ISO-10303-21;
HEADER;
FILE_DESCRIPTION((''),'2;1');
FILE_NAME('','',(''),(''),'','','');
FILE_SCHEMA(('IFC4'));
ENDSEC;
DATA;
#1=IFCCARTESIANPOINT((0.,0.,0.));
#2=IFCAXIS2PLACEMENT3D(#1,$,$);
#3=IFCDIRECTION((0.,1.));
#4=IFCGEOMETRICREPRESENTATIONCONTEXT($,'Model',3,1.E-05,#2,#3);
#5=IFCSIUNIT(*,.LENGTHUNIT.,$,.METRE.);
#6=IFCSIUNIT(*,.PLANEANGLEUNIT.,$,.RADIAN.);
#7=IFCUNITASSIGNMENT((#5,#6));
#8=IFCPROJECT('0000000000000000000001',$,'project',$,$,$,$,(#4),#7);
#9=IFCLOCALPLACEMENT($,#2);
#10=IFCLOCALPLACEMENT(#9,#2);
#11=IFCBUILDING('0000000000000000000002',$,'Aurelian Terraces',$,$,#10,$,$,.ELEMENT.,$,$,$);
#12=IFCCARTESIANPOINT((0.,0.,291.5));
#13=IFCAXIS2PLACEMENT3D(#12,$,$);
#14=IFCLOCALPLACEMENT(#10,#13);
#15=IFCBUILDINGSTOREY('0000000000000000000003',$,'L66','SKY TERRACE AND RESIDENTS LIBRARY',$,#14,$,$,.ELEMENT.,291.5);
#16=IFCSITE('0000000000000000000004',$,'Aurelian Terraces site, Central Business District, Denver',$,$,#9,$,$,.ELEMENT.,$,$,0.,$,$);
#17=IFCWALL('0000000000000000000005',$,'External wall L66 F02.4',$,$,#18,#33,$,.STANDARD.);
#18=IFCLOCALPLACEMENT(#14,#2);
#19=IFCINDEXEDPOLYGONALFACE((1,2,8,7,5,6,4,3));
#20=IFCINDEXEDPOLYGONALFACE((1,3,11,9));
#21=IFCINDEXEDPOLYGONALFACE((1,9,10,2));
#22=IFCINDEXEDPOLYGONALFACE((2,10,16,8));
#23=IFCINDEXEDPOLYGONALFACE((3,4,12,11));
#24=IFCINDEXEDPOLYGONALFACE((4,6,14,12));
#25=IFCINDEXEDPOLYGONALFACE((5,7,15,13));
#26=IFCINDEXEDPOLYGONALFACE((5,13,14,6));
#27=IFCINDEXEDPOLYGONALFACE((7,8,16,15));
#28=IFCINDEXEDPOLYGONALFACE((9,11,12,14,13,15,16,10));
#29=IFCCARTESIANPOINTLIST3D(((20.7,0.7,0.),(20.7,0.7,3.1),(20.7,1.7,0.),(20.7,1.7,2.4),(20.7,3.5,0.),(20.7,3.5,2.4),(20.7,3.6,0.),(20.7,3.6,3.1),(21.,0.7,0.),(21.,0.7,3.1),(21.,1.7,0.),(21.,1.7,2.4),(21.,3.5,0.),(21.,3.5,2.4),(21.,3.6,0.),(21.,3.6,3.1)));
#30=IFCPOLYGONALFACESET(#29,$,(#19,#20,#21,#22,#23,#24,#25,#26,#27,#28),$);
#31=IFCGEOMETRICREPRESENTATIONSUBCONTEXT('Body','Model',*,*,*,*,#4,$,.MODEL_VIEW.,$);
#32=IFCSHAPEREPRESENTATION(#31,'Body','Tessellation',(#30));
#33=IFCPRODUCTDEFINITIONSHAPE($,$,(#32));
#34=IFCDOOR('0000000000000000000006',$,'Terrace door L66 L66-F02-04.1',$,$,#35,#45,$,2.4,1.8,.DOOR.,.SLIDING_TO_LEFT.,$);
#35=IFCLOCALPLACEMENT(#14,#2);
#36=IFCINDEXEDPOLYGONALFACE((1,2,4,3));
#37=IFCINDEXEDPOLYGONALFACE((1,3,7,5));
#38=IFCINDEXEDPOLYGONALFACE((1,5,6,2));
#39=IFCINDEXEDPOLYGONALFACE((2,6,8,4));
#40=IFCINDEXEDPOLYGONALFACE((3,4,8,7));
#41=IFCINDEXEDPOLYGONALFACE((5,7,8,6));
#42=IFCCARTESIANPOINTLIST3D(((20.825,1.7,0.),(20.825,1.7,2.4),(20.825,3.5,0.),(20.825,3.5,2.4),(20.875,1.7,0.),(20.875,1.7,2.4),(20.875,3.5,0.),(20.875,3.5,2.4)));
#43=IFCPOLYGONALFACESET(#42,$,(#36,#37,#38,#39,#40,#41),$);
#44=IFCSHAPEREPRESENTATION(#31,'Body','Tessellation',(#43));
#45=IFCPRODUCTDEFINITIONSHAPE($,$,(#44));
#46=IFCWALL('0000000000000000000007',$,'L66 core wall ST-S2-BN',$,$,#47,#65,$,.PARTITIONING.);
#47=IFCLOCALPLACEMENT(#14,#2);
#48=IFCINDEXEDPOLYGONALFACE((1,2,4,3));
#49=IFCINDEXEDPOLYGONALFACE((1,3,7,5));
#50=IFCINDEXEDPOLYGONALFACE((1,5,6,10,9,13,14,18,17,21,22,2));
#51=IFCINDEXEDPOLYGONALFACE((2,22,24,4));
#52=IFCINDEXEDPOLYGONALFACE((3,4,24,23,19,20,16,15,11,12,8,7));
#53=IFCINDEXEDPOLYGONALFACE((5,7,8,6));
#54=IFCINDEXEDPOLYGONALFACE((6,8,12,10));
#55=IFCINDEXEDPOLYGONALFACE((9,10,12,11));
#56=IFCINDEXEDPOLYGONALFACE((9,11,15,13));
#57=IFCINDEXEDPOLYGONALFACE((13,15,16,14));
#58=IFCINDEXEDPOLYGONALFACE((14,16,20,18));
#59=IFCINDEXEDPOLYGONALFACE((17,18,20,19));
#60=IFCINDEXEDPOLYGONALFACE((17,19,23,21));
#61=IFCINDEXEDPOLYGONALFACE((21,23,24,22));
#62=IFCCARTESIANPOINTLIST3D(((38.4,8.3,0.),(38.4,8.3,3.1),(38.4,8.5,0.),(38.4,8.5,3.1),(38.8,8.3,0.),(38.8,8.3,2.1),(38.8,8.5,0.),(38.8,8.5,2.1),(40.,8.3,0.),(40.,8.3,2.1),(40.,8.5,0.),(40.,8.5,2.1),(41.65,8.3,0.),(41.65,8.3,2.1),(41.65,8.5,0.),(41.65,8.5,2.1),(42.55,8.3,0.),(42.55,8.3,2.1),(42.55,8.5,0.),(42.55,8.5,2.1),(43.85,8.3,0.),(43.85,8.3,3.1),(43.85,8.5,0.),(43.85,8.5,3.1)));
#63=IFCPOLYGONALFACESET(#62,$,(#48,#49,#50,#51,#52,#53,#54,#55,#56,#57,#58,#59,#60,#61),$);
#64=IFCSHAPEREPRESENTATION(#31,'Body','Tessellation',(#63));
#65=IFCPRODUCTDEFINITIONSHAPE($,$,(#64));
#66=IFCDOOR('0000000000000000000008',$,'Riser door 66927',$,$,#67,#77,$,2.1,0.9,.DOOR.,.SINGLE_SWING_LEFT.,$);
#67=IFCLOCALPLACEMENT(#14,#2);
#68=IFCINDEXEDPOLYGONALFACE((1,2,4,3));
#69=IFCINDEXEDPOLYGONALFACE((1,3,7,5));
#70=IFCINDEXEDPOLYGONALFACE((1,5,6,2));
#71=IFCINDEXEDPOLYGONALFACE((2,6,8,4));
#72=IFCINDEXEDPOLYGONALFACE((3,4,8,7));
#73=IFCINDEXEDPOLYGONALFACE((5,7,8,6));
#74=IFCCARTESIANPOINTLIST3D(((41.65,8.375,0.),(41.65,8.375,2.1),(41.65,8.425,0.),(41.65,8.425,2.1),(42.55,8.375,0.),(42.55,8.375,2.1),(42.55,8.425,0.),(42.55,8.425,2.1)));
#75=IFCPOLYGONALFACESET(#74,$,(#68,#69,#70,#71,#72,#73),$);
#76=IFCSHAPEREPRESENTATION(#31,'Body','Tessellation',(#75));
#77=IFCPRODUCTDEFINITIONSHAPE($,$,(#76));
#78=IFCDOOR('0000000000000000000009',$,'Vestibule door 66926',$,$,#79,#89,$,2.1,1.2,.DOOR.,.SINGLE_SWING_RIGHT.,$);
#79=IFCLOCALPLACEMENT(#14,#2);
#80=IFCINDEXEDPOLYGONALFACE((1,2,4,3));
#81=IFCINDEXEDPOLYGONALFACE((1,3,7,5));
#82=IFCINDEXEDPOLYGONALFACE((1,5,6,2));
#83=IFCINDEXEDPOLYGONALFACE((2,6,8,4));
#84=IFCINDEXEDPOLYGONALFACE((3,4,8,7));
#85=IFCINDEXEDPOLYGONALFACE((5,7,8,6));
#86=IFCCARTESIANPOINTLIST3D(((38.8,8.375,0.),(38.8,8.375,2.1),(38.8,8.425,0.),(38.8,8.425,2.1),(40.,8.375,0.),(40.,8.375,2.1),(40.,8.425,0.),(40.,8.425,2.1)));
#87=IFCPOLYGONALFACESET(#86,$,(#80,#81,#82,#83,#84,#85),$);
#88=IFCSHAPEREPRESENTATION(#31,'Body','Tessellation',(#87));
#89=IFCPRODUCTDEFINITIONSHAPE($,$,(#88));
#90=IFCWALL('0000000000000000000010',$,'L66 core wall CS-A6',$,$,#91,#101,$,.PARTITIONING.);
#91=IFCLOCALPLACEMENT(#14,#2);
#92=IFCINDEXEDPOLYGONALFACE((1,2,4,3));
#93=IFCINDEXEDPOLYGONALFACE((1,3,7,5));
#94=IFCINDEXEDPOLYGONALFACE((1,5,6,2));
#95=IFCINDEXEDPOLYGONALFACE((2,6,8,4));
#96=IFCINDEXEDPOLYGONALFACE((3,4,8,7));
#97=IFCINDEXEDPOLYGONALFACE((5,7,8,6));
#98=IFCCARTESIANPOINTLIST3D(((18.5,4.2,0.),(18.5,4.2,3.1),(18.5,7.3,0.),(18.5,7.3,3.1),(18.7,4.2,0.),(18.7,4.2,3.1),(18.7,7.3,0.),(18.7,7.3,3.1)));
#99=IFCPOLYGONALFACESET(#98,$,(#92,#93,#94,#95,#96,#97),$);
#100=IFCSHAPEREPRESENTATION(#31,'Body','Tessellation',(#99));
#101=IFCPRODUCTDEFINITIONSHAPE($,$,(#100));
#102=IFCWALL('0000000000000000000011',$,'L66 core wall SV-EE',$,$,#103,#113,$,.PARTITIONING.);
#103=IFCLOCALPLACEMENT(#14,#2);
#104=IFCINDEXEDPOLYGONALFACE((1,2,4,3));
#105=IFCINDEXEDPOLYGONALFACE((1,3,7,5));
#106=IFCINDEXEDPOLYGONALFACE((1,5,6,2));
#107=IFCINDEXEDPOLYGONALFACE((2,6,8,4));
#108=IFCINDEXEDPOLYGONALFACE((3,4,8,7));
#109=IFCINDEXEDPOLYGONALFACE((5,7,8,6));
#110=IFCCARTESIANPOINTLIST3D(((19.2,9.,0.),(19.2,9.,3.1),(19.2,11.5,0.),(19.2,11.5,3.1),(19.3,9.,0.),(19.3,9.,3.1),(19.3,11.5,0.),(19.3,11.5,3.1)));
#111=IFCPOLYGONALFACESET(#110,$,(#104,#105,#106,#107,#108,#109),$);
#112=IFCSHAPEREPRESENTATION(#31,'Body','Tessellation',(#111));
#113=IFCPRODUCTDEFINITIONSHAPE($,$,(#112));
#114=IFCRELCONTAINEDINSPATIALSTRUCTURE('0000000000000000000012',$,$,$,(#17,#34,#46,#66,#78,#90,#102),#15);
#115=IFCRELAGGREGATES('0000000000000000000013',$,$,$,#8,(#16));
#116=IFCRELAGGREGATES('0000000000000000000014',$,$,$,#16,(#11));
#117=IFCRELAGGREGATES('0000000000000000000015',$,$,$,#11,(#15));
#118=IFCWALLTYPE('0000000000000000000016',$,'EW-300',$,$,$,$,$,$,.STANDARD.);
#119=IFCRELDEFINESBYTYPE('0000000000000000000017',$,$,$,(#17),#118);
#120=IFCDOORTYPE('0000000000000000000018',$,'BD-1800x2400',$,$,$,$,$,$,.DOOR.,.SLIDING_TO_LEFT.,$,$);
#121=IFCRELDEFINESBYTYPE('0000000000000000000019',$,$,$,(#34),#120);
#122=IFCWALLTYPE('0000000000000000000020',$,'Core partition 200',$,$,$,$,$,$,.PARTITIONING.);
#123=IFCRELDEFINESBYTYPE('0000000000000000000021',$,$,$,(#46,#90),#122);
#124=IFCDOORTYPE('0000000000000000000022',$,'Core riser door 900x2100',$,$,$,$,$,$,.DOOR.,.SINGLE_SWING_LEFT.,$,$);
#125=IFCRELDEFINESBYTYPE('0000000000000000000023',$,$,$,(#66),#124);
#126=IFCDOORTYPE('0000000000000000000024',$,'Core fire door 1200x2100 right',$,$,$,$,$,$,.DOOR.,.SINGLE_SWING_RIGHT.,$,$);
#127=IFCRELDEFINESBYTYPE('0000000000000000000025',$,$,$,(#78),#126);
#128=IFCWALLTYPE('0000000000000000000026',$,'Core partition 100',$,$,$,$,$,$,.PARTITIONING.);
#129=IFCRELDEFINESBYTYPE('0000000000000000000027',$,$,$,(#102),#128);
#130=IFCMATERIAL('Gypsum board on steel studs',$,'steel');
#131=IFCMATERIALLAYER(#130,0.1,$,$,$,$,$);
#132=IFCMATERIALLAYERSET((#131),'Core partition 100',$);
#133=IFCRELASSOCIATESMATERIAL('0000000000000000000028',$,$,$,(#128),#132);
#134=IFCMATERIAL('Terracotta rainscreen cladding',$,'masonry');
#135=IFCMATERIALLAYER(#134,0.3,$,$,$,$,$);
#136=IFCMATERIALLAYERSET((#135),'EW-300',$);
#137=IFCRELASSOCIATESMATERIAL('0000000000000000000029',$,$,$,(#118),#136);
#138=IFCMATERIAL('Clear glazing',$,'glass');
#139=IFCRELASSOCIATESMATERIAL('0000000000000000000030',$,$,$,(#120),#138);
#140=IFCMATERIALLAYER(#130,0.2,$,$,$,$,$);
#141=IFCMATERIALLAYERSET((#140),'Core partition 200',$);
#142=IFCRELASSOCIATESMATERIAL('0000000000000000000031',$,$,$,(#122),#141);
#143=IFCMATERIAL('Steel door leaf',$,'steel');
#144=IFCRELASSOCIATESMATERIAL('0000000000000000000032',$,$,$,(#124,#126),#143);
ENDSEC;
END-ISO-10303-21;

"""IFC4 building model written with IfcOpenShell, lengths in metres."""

from ifc_helpers import new_model, si_unit, direction, frame, frame_2d, origin, place, context, subcontext, project, spatial, rectangle, extrude, source, transform, mapped, material, layer, layer_set, type_object, element, fill, save


model = new_model("IFC4")

# Units and contexts
model_context = context("Model", 3, precision=1e-05, world=origin(), true_north=direction((0.0, 1.0)))
body_context = subcontext(model_context, "Body", "Model", "MODEL_VIEW")
ifc_project = project(units=[si_unit("LENGTHUNIT", "METRE"), si_unit("PLANEANGLEUNIT", "RADIAN")], contexts=[model_context])

# Site, building, storey
site_placement = place(None, origin())
site = spatial("IfcSite", under=ifc_project, at=site_placement, Name="Aurelian Terraces site, Central Business District, Denver", CompositionType="ELEMENT", RefElevation=0.0)
building_placement = place(site_placement, origin())
building = spatial("IfcBuilding", under=site, at=building_placement, Name="Aurelian Terraces", CompositionType="ELEMENT")
storey_placement = place(building_placement, frame((0.0, 0.0, 291.5)))
storey = spatial("IfcBuildingStorey", under=building, at=storey_placement, Name="L66", Description="SKY TERRACE AND RESIDENTS LIBRARY", CompositionType="ELEMENT", Elevation=291.5)

# Shared definitions
ifc_material_1 = material(Name="Gypsum board on steel studs", Category="steel")
ifc_layer_1 = layer(ifc_material_1, 0.1)
ifc_layer_set_1 = layer_set([ifc_layer_1], Name="Core partition 100")
wall_type_1 = type_object("IfcWallType", Name="Core partition 100", PredefinedType="PARTITIONING", material=ifc_layer_set_1)
ifc_material_2 = material(Name="Terracotta rainscreen cladding", Category="masonry")
ifc_layer_2 = layer(ifc_material_2, 0.3)
ifc_layer_set_2 = layer_set([ifc_layer_2], Name="EW-300")
wall_type_2 = type_object("IfcWallType", Name="EW-300", PredefinedType="STANDARD", material=ifc_layer_set_2)

# Shared definitions
ifc_material_3 = material(Name="Clear glazing", Category="glass")

# Wall, opening, door
ifc_material_4 = material(Name="Steel door leaf", Category="steel")
shared_shape_1 = source(origin(), body_context, "Body", "SweptSolid", [
    extrude(rectangle(XDim=2.9, YDim=0.3, at=frame_2d((1.45, 0.0))), origin(), (0.0, 0.0, 1.0), 3.1),
])
wall_1_placement = place(storey_placement, frame((20.85, 0.7, 0.0), z_axis=(0.0, 0.0, 1.0), x_axis=(0.0, 1.0, 0.0)))
wall_1 = element("IfcWall", 1, at=wall_1_placement, inside=storey, type_object=wall_type_2, Name="External wall L66 F02.4", PredefinedType="STANDARD", context=body_context, shape_type="MappedRepresentation", body=[
    mapped(shared_shape_1, transform((0.0, 0.0, 0.0), scale=1.0)),
])
shared_shape_2 = source(origin(), body_context, "Body", "SweptSolid", [
    extrude(rectangle(XDim=1.8, YDim=2.4, at=frame_2d((0.9, 1.2))), frame((0.0, 0.16, 0.0), z_axis=(0.0, -1.0, 0.0), x_axis=(1.0, 0.0, 0.0)), (0.0, 0.0, 1.0), 0.32),
])
opening_1_placement = place(wall_1_placement, frame((1.0, 0.0, 0.0)))
opening_1 = element("IfcOpeningElement", 2, at=opening_1_placement, cuts=wall_1, PredefinedType="OPENING", context=body_context, shape_type="MappedRepresentation", body=[
    mapped(shared_shape_2, transform((0.0, 0.0, 0.0), scale=1.0)),
])
door_type_1 = type_object("IfcDoorType", Name="BD-1800x2400", OperationType="SLIDING_TO_LEFT", PredefinedType="DOOR", material=ifc_material_3)
shared_shape_3 = source(origin(), body_context, "Body", "SweptSolid", [
    extrude(rectangle(XDim=1.8, YDim=2.4, at=frame_2d((0.9, 1.2))), frame((0.0, 0.025, 0.0), z_axis=(0.0, -1.0, 0.0), x_axis=(1.0, 0.0, 0.0)), (0.0, 0.0, 1.0), 0.05),
])
door_1_placement = place(opening_1_placement, origin())
door_1 = element("IfcDoor", 3, at=door_1_placement, inside=storey, type_object=door_type_1, Name="Terrace door L66 L66-F02-04.1", OperationType="SLIDING_TO_LEFT", OverallHeight=2.4, OverallWidth=1.8, PredefinedType="DOOR", context=body_context, shape_type="MappedRepresentation", body=[
    mapped(shared_shape_3, transform((0.0, 0.0, 0.0), scale=1.0)),
])
fill(opening_1, door_1)

# Wall, openings, doors
ifc_layer_3 = layer(ifc_material_1, 0.2)
ifc_layer_set_3 = layer_set([ifc_layer_3], Name="Core partition 200")
wall_type_3 = type_object("IfcWallType", Name="Core partition 200", PredefinedType="PARTITIONING", material=ifc_layer_set_3)
shared_shape_4 = source(origin(), body_context, "Body", "SweptSolid", [
    extrude(rectangle(XDim=5.45, YDim=0.2, at=frame_2d((2.725, 0.0))), origin(), (0.0, 0.0, 1.0), 3.1),
])
wall_2_placement = place(storey_placement, frame((38.4, 8.4, 0.0), z_axis=(0.0, 0.0, 1.0), x_axis=(1.0, 0.0, 0.0)))
wall_2 = element("IfcWall", 4, at=wall_2_placement, inside=storey, type_object=wall_type_3, Name="L66 core wall ST-S2-BN", PredefinedType="PARTITIONING", context=body_context, shape_type="MappedRepresentation", body=[
    mapped(shared_shape_4, transform((0.0, 0.0, 0.0), scale=1.0)),
])
shared_shape_5 = source(origin(), body_context, "Body", "SweptSolid", [
    extrude(rectangle(XDim=1.2, YDim=2.1, at=frame_2d((0.6, 1.05))), frame((0.0, 0.11, 0.0), z_axis=(0.0, -1.0, 0.0), x_axis=(1.0, 0.0, 0.0)), (0.0, 0.0, 1.0), 0.22),
])
opening_2_placement = place(wall_2_placement, frame((0.4, 0.0, 0.0)))
opening_2 = element("IfcOpeningElement", 5, at=opening_2_placement, cuts=wall_2, PredefinedType="OPENING", context=body_context, shape_type="MappedRepresentation", body=[
    mapped(shared_shape_5, transform((0.0, 0.0, 0.0), scale=1.0)),
])
shared_shape_6 = source(origin(), body_context, "Body", "SweptSolid", [
    extrude(rectangle(XDim=0.9, YDim=2.1, at=frame_2d((0.45, 1.05))), frame((0.0, 0.11, 0.0), z_axis=(0.0, -1.0, 0.0), x_axis=(1.0, 0.0, 0.0)), (0.0, 0.0, 1.0), 0.22),
])
opening_3_placement = place(wall_2_placement, frame((3.25, 0.0, 0.0)))
opening_3 = element("IfcOpeningElement", 6, at=opening_3_placement, cuts=wall_2, PredefinedType="OPENING", context=body_context, shape_type="MappedRepresentation", body=[
    mapped(shared_shape_6, transform((0.0, 0.0, 0.0), scale=1.0)),
])
door_type_2 = type_object("IfcDoorType", Name="Core riser door 900x2100", OperationType="SINGLE_SWING_LEFT", PredefinedType="DOOR", material=ifc_material_4)
shared_shape_7 = source(origin(), body_context, "Body", "SweptSolid", [
    extrude(rectangle(XDim=0.9, YDim=2.1, at=frame_2d((0.45, 1.05))), frame((0.0, 0.025, 0.0), z_axis=(0.0, -1.0, 0.0), x_axis=(1.0, 0.0, 0.0)), (0.0, 0.0, 1.0), 0.05),
])
door_2_placement = place(opening_3_placement, origin())
door_2 = element("IfcDoor", 7, at=door_2_placement, inside=storey, type_object=door_type_2, Name="Riser door 66927", OperationType="SINGLE_SWING_LEFT", OverallHeight=2.1, OverallWidth=0.9, PredefinedType="DOOR", context=body_context, shape_type="MappedRepresentation", body=[
    mapped(shared_shape_7, transform((0.0, 0.0, 0.0), scale=1.0)),
])
fill(opening_3, door_2)
door_type_3 = type_object("IfcDoorType", Name="Core fire door 1200x2100 right", OperationType="SINGLE_SWING_RIGHT", PredefinedType="DOOR", material=ifc_material_4)
shared_shape_8 = source(origin(), body_context, "Body", "SweptSolid", [
    extrude(rectangle(XDim=1.2, YDim=2.1, at=frame_2d((0.6, 1.05))), frame((0.0, 0.025, 0.0), z_axis=(0.0, -1.0, 0.0), x_axis=(1.0, 0.0, 0.0)), (0.0, 0.0, 1.0), 0.05),
])
door_3_placement = place(opening_2_placement, origin())
door_3 = element("IfcDoor", 8, at=door_3_placement, inside=storey, type_object=door_type_3, Name="Vestibule door 66926", OperationType="SINGLE_SWING_RIGHT", OverallHeight=2.1, OverallWidth=1.2, PredefinedType="DOOR", context=body_context, shape_type="MappedRepresentation", body=[
    mapped(shared_shape_8, transform((0.0, 0.0, 0.0), scale=1.0)),
])
fill(opening_2, door_3)

# Walls
shared_shape_9 = source(origin(), body_context, "Body", "SweptSolid", [
    extrude(rectangle(XDim=3.1, YDim=0.2, at=frame_2d((1.55, 0.0))), origin(), (0.0, 0.0, 1.0), 3.1),
])
wall_3_placement = place(storey_placement, frame((18.6, 4.2, 0.0), z_axis=(0.0, 0.0, 1.0), x_axis=(0.0, 1.0, 0.0)))
element("IfcWall", 9, at=wall_3_placement, inside=storey, type_object=wall_type_3, Name="L66 core wall CS-A6", PredefinedType="PARTITIONING", context=body_context, shape_type="MappedRepresentation", body=[
    mapped(shared_shape_9, transform((0.0, 0.0, 0.0), scale=1.0)),
])
shared_shape_10 = source(origin(), body_context, "Body", "SweptSolid", [
    extrude(rectangle(XDim=2.5, YDim=0.1, at=frame_2d((1.25, 0.0))), origin(), (0.0, 0.0, 1.0), 3.1),
])
wall_4_placement = place(storey_placement, frame((19.25, 9.0, 0.0), z_axis=(0.0, 0.0, 1.0), x_axis=(0.0, 1.0, 0.0)))
element("IfcWall", 10, at=wall_4_placement, inside=storey, type_object=wall_type_1, Name="L66 core wall SV-EE", PredefinedType="PARTITIONING", context=body_context, shape_type="MappedRepresentation", body=[
    mapped(shared_shape_10, transform((0.0, 0.0, 0.0), scale=1.0)),
])

save(model, "model.ifc")
